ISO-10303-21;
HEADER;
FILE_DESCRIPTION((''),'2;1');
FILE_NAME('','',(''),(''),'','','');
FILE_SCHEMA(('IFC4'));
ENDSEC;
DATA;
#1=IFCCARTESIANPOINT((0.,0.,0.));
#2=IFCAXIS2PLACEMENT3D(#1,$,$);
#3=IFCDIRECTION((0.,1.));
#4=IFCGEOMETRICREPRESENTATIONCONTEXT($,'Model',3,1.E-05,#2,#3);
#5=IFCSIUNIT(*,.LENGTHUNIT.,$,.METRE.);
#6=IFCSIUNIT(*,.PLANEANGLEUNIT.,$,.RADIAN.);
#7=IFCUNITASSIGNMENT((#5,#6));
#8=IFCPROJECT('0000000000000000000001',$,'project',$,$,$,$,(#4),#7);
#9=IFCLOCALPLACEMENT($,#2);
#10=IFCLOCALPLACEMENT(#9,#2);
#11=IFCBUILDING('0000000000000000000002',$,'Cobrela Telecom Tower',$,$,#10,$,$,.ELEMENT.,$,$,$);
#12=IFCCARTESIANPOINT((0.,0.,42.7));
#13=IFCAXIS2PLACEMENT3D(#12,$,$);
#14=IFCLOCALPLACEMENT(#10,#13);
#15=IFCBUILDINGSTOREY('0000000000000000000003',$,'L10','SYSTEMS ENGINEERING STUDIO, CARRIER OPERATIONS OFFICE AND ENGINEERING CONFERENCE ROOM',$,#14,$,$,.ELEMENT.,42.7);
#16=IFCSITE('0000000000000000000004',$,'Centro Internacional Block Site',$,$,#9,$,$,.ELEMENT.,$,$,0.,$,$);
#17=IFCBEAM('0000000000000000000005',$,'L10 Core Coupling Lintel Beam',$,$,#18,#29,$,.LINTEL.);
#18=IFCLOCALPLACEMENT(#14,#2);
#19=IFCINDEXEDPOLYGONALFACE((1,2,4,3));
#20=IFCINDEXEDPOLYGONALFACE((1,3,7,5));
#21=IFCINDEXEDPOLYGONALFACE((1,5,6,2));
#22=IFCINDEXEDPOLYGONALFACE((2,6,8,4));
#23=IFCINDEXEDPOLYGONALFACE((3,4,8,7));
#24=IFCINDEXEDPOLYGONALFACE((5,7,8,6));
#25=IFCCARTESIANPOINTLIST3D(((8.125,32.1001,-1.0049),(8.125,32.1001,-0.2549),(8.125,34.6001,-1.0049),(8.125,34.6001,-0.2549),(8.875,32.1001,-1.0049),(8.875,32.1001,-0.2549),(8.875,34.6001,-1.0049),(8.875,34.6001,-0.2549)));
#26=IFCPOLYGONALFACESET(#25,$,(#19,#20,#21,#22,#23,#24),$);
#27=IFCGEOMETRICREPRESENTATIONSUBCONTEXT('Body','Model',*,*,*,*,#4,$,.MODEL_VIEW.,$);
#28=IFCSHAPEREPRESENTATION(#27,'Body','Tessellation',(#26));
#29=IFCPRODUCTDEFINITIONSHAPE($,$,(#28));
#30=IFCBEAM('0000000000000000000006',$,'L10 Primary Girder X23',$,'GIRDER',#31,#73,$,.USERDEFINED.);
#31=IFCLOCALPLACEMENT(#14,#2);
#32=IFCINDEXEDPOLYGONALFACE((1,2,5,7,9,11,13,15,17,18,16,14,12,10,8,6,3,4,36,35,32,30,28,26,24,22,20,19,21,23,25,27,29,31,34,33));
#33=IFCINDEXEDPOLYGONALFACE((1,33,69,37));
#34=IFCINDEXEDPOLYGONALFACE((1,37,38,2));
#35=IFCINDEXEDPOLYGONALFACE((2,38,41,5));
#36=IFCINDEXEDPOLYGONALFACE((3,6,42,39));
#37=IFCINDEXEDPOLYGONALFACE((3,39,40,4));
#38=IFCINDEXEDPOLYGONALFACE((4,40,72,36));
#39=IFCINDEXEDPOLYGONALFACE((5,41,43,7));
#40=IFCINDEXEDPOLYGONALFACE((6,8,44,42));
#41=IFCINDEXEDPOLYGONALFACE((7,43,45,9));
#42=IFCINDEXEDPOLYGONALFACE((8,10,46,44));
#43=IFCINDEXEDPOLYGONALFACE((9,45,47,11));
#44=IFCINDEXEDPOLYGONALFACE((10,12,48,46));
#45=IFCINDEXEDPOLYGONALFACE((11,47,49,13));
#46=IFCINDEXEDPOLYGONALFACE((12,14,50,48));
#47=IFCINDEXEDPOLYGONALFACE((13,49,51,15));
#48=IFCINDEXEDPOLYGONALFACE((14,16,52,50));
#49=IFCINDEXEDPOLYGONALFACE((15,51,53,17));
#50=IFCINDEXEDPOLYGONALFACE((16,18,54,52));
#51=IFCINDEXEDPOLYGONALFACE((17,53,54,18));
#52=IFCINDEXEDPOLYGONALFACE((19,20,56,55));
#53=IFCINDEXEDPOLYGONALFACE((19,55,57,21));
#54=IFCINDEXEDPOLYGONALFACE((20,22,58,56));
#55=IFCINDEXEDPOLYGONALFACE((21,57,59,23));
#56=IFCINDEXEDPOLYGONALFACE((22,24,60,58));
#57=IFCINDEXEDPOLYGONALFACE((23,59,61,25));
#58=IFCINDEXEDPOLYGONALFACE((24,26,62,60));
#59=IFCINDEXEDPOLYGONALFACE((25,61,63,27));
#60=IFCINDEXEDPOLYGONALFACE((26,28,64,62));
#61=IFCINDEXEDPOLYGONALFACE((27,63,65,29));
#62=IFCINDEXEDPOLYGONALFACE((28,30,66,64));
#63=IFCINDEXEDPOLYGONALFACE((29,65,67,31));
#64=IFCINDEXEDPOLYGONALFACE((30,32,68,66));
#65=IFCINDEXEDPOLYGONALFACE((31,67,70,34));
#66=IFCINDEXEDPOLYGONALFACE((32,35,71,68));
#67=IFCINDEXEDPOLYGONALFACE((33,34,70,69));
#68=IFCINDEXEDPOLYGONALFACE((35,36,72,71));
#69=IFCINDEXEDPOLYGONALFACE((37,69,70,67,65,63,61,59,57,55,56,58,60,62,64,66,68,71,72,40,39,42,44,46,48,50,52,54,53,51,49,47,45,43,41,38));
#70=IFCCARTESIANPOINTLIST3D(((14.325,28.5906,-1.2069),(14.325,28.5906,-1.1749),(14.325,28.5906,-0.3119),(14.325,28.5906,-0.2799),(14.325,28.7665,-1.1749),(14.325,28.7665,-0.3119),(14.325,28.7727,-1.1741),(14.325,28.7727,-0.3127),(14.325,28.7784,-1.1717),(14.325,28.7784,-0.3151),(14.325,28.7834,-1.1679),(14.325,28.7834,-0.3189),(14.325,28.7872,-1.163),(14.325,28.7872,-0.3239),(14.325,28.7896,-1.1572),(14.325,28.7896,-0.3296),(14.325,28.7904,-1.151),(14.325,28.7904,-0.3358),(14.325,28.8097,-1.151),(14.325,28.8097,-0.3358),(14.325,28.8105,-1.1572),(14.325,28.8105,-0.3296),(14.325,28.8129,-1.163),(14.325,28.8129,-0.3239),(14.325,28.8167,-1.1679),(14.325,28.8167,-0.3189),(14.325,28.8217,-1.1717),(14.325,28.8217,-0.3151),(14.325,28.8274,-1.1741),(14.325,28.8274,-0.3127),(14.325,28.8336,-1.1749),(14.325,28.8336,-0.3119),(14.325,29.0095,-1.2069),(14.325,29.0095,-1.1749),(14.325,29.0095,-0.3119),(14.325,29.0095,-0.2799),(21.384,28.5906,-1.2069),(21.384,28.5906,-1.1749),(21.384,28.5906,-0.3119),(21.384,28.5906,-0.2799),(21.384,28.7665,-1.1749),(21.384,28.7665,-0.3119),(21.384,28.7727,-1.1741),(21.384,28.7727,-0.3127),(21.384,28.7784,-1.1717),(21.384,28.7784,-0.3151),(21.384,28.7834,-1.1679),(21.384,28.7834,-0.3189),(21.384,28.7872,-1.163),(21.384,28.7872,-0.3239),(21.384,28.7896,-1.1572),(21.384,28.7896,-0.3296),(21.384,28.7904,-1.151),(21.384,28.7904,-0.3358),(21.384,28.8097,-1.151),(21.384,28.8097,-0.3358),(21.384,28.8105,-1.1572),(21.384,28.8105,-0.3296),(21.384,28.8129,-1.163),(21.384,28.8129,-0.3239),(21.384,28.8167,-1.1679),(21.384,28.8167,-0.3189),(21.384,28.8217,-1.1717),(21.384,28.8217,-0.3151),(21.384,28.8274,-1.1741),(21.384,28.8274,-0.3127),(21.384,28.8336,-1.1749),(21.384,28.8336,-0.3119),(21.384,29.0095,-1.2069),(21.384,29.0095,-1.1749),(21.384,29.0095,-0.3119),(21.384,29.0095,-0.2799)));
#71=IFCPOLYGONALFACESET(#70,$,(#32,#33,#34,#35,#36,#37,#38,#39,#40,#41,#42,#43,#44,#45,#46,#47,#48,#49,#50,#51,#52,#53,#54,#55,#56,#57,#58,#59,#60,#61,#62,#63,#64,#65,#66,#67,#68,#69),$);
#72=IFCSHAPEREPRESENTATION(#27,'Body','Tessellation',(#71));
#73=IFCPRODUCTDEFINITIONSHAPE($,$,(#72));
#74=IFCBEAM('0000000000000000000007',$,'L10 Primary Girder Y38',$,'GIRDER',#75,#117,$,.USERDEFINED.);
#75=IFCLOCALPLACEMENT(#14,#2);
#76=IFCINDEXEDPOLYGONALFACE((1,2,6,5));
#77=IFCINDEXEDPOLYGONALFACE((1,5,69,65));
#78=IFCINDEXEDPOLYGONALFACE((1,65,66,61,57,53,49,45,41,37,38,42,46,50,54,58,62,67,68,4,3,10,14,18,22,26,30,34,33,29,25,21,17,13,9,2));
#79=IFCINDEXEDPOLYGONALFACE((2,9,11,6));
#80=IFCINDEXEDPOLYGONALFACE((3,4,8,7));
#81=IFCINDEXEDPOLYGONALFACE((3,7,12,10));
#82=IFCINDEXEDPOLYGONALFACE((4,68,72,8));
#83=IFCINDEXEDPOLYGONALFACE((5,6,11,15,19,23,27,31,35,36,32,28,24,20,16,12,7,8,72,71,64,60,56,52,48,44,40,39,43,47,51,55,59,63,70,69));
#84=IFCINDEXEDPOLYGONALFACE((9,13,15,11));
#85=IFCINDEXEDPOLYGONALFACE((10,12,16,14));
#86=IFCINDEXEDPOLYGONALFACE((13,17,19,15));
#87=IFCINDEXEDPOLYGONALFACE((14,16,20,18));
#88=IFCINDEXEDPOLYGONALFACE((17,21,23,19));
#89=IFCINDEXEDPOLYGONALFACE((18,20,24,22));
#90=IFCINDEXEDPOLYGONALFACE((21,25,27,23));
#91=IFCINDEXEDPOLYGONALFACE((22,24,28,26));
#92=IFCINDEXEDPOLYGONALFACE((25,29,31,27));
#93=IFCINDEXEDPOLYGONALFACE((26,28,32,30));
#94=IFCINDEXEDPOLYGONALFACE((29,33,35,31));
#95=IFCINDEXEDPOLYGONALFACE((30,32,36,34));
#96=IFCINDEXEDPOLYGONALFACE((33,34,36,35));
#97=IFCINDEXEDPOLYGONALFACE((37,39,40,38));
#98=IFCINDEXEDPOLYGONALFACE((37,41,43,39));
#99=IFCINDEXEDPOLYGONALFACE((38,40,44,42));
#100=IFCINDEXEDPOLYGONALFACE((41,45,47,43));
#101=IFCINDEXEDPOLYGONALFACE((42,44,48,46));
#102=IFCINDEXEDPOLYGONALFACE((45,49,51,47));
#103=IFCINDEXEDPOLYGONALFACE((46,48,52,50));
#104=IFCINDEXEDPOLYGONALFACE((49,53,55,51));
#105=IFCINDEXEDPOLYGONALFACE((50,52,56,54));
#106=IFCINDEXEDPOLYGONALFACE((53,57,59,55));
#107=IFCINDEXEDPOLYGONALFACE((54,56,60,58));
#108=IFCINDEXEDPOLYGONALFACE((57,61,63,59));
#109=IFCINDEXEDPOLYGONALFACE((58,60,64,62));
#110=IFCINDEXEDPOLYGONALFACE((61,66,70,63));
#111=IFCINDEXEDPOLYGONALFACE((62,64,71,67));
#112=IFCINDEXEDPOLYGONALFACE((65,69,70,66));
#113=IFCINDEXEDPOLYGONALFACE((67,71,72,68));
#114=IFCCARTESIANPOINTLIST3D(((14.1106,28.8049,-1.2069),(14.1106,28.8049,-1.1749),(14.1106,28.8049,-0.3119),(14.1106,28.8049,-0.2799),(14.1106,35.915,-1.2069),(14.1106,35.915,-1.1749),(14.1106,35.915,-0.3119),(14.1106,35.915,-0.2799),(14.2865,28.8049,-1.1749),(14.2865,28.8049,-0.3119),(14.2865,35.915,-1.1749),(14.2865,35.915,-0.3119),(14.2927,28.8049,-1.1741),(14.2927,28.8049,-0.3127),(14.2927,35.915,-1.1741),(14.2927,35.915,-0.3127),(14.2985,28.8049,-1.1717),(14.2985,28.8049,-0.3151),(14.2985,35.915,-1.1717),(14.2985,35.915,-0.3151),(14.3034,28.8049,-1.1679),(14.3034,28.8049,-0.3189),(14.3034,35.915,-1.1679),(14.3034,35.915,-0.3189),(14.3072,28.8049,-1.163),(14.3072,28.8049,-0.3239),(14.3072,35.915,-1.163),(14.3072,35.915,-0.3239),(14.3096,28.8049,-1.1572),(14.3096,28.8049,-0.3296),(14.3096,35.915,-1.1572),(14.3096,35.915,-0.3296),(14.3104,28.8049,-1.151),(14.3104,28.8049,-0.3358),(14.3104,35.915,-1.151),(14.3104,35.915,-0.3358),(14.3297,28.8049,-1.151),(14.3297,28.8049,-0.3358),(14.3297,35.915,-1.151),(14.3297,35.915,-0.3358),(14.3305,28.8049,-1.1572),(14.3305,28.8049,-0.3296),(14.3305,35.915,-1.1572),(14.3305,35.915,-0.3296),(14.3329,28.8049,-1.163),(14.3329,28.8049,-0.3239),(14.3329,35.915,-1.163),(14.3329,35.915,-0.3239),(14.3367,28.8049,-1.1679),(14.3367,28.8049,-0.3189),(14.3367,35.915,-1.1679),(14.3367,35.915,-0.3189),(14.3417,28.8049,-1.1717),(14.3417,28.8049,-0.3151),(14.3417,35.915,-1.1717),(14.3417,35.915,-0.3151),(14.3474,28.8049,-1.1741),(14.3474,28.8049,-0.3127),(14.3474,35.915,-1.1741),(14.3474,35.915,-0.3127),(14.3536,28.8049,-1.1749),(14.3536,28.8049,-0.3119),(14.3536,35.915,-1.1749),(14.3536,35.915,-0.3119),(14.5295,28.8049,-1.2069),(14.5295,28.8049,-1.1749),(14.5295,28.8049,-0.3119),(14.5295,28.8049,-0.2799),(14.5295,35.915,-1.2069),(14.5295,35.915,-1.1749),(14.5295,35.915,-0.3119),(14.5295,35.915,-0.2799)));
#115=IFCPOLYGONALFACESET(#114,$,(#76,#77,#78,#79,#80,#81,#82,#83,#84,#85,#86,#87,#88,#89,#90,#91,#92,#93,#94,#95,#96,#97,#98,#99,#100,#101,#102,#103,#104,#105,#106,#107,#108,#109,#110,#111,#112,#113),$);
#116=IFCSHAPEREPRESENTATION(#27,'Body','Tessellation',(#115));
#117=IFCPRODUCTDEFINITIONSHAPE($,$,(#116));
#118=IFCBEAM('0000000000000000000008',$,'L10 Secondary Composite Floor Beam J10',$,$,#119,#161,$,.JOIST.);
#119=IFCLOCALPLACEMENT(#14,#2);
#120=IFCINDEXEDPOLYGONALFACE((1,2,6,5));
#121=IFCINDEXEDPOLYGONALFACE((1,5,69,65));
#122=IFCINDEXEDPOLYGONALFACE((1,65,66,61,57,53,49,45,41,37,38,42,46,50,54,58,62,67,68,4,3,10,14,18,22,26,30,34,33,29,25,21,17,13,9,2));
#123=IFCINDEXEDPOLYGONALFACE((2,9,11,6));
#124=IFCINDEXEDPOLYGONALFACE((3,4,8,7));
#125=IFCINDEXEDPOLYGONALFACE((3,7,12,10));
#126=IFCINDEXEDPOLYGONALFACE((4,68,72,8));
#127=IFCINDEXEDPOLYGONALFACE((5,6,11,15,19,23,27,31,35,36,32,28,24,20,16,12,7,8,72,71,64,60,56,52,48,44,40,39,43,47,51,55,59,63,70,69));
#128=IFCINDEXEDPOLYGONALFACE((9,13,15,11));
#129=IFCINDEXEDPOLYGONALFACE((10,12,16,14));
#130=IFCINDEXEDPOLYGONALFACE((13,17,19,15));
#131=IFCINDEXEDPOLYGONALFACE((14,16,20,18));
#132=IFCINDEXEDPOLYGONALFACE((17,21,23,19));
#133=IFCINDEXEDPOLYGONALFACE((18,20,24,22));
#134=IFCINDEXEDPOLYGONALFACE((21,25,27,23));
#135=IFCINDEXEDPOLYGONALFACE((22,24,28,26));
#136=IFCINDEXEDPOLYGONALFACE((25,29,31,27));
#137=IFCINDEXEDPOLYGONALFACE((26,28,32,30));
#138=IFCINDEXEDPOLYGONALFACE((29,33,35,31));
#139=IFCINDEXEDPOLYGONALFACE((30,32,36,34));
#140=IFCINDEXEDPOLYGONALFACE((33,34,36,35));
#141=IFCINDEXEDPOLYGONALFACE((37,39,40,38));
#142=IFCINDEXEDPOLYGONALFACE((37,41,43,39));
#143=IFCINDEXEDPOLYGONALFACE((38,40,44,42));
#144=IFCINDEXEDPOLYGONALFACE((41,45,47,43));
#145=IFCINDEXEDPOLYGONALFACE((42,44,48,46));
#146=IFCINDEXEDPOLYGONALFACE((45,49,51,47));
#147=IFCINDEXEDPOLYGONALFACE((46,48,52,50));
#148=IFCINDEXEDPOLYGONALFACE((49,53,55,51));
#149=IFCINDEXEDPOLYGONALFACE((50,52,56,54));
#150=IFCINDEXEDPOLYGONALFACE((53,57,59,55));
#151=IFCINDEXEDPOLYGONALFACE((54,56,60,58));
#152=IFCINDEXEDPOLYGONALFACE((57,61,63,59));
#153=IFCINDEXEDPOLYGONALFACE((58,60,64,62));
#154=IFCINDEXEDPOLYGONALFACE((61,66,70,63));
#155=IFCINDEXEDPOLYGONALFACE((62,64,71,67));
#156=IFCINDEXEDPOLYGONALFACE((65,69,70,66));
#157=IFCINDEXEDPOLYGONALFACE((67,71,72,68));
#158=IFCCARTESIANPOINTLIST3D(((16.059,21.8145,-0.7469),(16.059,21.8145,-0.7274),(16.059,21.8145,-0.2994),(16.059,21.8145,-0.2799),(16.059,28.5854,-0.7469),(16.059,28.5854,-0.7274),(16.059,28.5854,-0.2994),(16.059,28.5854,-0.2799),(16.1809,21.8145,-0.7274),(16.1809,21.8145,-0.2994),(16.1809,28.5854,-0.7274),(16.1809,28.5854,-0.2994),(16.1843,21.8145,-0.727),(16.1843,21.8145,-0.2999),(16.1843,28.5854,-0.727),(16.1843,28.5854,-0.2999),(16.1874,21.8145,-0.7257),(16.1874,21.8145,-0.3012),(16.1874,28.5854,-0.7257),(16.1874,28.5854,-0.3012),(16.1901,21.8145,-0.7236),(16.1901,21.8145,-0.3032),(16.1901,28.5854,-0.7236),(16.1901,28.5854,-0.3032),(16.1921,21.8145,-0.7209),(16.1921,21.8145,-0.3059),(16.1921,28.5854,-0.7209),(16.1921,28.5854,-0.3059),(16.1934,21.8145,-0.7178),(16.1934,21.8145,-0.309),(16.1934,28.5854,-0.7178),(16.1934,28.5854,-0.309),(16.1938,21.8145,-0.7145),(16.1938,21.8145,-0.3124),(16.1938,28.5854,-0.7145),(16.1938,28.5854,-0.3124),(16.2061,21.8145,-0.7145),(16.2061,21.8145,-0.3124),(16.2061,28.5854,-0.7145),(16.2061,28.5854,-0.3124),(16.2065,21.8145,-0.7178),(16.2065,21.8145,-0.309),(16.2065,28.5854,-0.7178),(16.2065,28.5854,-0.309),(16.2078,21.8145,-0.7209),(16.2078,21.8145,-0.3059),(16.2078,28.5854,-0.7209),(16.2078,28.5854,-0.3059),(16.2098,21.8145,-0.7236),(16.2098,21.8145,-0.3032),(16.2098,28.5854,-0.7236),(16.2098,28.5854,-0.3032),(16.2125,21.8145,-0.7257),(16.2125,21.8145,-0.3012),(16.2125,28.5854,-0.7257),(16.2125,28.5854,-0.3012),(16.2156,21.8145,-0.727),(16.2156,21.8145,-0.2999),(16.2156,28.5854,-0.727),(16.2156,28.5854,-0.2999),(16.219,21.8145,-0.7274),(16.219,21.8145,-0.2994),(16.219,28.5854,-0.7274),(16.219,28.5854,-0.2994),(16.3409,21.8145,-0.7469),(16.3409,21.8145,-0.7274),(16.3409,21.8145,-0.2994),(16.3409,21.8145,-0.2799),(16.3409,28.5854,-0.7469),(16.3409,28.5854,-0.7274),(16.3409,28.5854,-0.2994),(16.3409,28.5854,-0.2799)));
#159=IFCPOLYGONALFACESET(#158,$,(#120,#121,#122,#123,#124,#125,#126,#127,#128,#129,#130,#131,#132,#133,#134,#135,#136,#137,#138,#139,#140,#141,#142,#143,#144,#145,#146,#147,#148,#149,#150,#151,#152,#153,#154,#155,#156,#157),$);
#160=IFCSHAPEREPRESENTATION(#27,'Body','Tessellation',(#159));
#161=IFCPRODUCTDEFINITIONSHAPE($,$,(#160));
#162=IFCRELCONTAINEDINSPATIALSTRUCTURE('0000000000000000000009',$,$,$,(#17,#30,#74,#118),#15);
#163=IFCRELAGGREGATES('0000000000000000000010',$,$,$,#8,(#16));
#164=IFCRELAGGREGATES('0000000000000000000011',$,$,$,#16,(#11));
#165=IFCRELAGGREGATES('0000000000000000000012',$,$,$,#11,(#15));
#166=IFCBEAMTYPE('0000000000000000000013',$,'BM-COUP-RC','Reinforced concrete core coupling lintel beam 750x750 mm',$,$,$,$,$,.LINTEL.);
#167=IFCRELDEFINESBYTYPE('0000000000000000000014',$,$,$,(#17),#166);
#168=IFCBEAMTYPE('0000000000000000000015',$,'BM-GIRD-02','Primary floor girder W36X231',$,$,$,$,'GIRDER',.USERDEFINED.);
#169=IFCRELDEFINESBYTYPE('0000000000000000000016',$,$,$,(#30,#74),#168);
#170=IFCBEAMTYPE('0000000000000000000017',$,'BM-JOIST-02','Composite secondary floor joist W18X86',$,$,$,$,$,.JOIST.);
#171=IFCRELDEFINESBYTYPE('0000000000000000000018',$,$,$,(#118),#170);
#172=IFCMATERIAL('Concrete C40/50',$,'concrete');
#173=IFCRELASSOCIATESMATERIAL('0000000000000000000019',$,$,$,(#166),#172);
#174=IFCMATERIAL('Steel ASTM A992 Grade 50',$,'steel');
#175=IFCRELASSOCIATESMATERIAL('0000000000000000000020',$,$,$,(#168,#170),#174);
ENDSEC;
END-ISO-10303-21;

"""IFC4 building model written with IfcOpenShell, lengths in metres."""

from ifc_helpers import new_model, si_unit, direction, frame, origin, origin_2d, place, context, subcontext, project, spatial, rectangle, i_section, extrude, material, material_profile, profile_set, type_object, element, save


model = new_model("IFC4")

# Units and contexts
model_context = context("Model", 3, precision=1e-05, world=origin(), true_north=direction((0.0, 1.0)))
body_context = subcontext(model_context, "Body", "Model", "MODEL_VIEW")
ifc_project = project(units=[si_unit("LENGTHUNIT", "METRE"), si_unit("PLANEANGLEUNIT", "RADIAN")], contexts=[model_context])

# Site, building, storey
site_placement = place(None, origin())
site = spatial("IfcSite", under=ifc_project, at=site_placement, Name="Centro Internacional Block Site", CompositionType="ELEMENT", RefElevation=0.0)
building_placement = place(site_placement, origin())
building = spatial("IfcBuilding", under=site, at=building_placement, Name="Cobrela Telecom Tower", CompositionType="ELEMENT")
storey_placement = place(building_placement, frame((0.0, 0.0, 42.7)))
storey = spatial("IfcBuildingStorey", under=building, at=storey_placement, Name="L10", Description="SYSTEMS ENGINEERING STUDIO, CARRIER OPERATIONS OFFICE AND ENGINEERING CONFERENCE ROOM", CompositionType="ELEMENT", Elevation=42.7)

# Beams
ifc_material_1 = material(Name="Concrete C40/50", Category="concrete")
ifc_material_profile_1 = material_profile(ifc_material_1, rectangle(XDim=0.75, YDim=0.75, at=origin_2d()), Name="RC 750x750")
ifc_profile_set_1 = profile_set([ifc_material_profile_1], Name="Concrete C40/50")
beam_type_1 = type_object("IfcBeamType", Name="BM-COUP-RC", Description="Reinforced concrete core coupling lintel beam 750x750 mm", PredefinedType="LINTEL", material=ifc_profile_set_1)
beam_1_placement = place(storey_placement, frame((8.5, 32.1001, -0.6299), z_axis=(0.0, 1.0, 0.0), x_axis=(-1.0, 0.0, 0.0)))
element("IfcBeam", 1, at=beam_1_placement, inside=storey, type_object=beam_type_1, Name="L10 Core Coupling Lintel Beam", PredefinedType="LINTEL", context=body_context, shape_type="SweptSolid", body=[
    extrude(rectangle(XDim=0.75, YDim=0.75, at=origin_2d()), origin(), (0.0, 0.0, 1.0), 2.5),
])
ifc_material_2 = material(Name="Steel ASTM A992 Grade 50", Category="steel")
ifc_material_profile_2 = material_profile(ifc_material_2, i_section(OverallWidth=0.4189, OverallDepth=0.927, WebThickness=0.0193, FlangeThickness=0.032, FilletRadius=0.0239, at=origin_2d()), Name="W36X231")
ifc_profile_set_2 = profile_set([ifc_material_profile_2], Name="Steel ASTM A992 Grade 50")
beam_type_2 = type_object("IfcBeamType", Name="BM-GIRD-02", Description="Primary floor girder W36X231", ElementType="GIRDER", PredefinedType="USERDEFINED", material=ifc_profile_set_2)
beam_2_placement = place(storey_placement, frame((14.325, 28.8, -0.7434), z_axis=(1.0, 0.0, 0.0), x_axis=(0.0, 1.0, 0.0)))
element("IfcBeam", 2, at=beam_2_placement, inside=storey, type_object=beam_type_2, Name="L10 Primary Girder X23", ObjectType="GIRDER", PredefinedType="USERDEFINED", context=body_context, shape_type="SweptSolid", body=[
    extrude(i_section(OverallWidth=0.4189, OverallDepth=0.927, WebThickness=0.0193, FlangeThickness=0.032, FilletRadius=0.0239, at=origin_2d()), origin(), (0.0, 0.0, 1.0), 7.0591),
])
beam_3_placement = place(storey_placement, frame((14.3201, 28.8049, -0.7434), z_axis=(0.0, 1.0, 0.0), x_axis=(-1.0, 0.0, 0.0)))
element("IfcBeam", 3, at=beam_3_placement, inside=storey, type_object=beam_type_2, Name="L10 Primary Girder Y38", ObjectType="GIRDER", PredefinedType="USERDEFINED", context=body_context, shape_type="SweptSolid", body=[
    extrude(i_section(OverallWidth=0.4189, OverallDepth=0.927, WebThickness=0.0193, FlangeThickness=0.032, FilletRadius=0.0239, at=origin_2d()), origin(), (0.0, 0.0, 1.0), 7.1101),
])
ifc_material_profile_3 = material_profile(ifc_material_2, i_section(OverallWidth=0.282, OverallDepth=0.467, WebThickness=0.0122, FlangeThickness=0.0195, FilletRadius=0.0129, at=origin_2d()), Name="W18X86")
ifc_profile_set_3 = profile_set([ifc_material_profile_3], Name="Steel ASTM A992 Grade 50")
beam_type_3 = type_object("IfcBeamType", Name="BM-JOIST-02", Description="Composite secondary floor joist W18X86", PredefinedType="JOIST", material=ifc_profile_set_3)
for number, where, z_axis, x_axis, name in (
    (4, (16.2, 21.8145, -0.5134), (0.0, 1.0, 0.0), (-1.0, 0.0, 0.0), "L10 Secondary Composite Floor Beam J10"),
):
    element("IfcBeam", number, at=place(storey_placement, frame(where, z_axis=z_axis, x_axis=x_axis)), inside=storey, type_object=beam_type_3, Name=name, PredefinedType="JOIST", context=body_context, shape_type="SweptSolid", body=[
        extrude(i_section(OverallWidth=0.282, OverallDepth=0.467, WebThickness=0.0122, FlangeThickness=0.0195, FilletRadius=0.0129, at=origin_2d()), origin(), (0.0, 0.0, 1.0), 6.771),
    ])

save(model, "model.ifc")
